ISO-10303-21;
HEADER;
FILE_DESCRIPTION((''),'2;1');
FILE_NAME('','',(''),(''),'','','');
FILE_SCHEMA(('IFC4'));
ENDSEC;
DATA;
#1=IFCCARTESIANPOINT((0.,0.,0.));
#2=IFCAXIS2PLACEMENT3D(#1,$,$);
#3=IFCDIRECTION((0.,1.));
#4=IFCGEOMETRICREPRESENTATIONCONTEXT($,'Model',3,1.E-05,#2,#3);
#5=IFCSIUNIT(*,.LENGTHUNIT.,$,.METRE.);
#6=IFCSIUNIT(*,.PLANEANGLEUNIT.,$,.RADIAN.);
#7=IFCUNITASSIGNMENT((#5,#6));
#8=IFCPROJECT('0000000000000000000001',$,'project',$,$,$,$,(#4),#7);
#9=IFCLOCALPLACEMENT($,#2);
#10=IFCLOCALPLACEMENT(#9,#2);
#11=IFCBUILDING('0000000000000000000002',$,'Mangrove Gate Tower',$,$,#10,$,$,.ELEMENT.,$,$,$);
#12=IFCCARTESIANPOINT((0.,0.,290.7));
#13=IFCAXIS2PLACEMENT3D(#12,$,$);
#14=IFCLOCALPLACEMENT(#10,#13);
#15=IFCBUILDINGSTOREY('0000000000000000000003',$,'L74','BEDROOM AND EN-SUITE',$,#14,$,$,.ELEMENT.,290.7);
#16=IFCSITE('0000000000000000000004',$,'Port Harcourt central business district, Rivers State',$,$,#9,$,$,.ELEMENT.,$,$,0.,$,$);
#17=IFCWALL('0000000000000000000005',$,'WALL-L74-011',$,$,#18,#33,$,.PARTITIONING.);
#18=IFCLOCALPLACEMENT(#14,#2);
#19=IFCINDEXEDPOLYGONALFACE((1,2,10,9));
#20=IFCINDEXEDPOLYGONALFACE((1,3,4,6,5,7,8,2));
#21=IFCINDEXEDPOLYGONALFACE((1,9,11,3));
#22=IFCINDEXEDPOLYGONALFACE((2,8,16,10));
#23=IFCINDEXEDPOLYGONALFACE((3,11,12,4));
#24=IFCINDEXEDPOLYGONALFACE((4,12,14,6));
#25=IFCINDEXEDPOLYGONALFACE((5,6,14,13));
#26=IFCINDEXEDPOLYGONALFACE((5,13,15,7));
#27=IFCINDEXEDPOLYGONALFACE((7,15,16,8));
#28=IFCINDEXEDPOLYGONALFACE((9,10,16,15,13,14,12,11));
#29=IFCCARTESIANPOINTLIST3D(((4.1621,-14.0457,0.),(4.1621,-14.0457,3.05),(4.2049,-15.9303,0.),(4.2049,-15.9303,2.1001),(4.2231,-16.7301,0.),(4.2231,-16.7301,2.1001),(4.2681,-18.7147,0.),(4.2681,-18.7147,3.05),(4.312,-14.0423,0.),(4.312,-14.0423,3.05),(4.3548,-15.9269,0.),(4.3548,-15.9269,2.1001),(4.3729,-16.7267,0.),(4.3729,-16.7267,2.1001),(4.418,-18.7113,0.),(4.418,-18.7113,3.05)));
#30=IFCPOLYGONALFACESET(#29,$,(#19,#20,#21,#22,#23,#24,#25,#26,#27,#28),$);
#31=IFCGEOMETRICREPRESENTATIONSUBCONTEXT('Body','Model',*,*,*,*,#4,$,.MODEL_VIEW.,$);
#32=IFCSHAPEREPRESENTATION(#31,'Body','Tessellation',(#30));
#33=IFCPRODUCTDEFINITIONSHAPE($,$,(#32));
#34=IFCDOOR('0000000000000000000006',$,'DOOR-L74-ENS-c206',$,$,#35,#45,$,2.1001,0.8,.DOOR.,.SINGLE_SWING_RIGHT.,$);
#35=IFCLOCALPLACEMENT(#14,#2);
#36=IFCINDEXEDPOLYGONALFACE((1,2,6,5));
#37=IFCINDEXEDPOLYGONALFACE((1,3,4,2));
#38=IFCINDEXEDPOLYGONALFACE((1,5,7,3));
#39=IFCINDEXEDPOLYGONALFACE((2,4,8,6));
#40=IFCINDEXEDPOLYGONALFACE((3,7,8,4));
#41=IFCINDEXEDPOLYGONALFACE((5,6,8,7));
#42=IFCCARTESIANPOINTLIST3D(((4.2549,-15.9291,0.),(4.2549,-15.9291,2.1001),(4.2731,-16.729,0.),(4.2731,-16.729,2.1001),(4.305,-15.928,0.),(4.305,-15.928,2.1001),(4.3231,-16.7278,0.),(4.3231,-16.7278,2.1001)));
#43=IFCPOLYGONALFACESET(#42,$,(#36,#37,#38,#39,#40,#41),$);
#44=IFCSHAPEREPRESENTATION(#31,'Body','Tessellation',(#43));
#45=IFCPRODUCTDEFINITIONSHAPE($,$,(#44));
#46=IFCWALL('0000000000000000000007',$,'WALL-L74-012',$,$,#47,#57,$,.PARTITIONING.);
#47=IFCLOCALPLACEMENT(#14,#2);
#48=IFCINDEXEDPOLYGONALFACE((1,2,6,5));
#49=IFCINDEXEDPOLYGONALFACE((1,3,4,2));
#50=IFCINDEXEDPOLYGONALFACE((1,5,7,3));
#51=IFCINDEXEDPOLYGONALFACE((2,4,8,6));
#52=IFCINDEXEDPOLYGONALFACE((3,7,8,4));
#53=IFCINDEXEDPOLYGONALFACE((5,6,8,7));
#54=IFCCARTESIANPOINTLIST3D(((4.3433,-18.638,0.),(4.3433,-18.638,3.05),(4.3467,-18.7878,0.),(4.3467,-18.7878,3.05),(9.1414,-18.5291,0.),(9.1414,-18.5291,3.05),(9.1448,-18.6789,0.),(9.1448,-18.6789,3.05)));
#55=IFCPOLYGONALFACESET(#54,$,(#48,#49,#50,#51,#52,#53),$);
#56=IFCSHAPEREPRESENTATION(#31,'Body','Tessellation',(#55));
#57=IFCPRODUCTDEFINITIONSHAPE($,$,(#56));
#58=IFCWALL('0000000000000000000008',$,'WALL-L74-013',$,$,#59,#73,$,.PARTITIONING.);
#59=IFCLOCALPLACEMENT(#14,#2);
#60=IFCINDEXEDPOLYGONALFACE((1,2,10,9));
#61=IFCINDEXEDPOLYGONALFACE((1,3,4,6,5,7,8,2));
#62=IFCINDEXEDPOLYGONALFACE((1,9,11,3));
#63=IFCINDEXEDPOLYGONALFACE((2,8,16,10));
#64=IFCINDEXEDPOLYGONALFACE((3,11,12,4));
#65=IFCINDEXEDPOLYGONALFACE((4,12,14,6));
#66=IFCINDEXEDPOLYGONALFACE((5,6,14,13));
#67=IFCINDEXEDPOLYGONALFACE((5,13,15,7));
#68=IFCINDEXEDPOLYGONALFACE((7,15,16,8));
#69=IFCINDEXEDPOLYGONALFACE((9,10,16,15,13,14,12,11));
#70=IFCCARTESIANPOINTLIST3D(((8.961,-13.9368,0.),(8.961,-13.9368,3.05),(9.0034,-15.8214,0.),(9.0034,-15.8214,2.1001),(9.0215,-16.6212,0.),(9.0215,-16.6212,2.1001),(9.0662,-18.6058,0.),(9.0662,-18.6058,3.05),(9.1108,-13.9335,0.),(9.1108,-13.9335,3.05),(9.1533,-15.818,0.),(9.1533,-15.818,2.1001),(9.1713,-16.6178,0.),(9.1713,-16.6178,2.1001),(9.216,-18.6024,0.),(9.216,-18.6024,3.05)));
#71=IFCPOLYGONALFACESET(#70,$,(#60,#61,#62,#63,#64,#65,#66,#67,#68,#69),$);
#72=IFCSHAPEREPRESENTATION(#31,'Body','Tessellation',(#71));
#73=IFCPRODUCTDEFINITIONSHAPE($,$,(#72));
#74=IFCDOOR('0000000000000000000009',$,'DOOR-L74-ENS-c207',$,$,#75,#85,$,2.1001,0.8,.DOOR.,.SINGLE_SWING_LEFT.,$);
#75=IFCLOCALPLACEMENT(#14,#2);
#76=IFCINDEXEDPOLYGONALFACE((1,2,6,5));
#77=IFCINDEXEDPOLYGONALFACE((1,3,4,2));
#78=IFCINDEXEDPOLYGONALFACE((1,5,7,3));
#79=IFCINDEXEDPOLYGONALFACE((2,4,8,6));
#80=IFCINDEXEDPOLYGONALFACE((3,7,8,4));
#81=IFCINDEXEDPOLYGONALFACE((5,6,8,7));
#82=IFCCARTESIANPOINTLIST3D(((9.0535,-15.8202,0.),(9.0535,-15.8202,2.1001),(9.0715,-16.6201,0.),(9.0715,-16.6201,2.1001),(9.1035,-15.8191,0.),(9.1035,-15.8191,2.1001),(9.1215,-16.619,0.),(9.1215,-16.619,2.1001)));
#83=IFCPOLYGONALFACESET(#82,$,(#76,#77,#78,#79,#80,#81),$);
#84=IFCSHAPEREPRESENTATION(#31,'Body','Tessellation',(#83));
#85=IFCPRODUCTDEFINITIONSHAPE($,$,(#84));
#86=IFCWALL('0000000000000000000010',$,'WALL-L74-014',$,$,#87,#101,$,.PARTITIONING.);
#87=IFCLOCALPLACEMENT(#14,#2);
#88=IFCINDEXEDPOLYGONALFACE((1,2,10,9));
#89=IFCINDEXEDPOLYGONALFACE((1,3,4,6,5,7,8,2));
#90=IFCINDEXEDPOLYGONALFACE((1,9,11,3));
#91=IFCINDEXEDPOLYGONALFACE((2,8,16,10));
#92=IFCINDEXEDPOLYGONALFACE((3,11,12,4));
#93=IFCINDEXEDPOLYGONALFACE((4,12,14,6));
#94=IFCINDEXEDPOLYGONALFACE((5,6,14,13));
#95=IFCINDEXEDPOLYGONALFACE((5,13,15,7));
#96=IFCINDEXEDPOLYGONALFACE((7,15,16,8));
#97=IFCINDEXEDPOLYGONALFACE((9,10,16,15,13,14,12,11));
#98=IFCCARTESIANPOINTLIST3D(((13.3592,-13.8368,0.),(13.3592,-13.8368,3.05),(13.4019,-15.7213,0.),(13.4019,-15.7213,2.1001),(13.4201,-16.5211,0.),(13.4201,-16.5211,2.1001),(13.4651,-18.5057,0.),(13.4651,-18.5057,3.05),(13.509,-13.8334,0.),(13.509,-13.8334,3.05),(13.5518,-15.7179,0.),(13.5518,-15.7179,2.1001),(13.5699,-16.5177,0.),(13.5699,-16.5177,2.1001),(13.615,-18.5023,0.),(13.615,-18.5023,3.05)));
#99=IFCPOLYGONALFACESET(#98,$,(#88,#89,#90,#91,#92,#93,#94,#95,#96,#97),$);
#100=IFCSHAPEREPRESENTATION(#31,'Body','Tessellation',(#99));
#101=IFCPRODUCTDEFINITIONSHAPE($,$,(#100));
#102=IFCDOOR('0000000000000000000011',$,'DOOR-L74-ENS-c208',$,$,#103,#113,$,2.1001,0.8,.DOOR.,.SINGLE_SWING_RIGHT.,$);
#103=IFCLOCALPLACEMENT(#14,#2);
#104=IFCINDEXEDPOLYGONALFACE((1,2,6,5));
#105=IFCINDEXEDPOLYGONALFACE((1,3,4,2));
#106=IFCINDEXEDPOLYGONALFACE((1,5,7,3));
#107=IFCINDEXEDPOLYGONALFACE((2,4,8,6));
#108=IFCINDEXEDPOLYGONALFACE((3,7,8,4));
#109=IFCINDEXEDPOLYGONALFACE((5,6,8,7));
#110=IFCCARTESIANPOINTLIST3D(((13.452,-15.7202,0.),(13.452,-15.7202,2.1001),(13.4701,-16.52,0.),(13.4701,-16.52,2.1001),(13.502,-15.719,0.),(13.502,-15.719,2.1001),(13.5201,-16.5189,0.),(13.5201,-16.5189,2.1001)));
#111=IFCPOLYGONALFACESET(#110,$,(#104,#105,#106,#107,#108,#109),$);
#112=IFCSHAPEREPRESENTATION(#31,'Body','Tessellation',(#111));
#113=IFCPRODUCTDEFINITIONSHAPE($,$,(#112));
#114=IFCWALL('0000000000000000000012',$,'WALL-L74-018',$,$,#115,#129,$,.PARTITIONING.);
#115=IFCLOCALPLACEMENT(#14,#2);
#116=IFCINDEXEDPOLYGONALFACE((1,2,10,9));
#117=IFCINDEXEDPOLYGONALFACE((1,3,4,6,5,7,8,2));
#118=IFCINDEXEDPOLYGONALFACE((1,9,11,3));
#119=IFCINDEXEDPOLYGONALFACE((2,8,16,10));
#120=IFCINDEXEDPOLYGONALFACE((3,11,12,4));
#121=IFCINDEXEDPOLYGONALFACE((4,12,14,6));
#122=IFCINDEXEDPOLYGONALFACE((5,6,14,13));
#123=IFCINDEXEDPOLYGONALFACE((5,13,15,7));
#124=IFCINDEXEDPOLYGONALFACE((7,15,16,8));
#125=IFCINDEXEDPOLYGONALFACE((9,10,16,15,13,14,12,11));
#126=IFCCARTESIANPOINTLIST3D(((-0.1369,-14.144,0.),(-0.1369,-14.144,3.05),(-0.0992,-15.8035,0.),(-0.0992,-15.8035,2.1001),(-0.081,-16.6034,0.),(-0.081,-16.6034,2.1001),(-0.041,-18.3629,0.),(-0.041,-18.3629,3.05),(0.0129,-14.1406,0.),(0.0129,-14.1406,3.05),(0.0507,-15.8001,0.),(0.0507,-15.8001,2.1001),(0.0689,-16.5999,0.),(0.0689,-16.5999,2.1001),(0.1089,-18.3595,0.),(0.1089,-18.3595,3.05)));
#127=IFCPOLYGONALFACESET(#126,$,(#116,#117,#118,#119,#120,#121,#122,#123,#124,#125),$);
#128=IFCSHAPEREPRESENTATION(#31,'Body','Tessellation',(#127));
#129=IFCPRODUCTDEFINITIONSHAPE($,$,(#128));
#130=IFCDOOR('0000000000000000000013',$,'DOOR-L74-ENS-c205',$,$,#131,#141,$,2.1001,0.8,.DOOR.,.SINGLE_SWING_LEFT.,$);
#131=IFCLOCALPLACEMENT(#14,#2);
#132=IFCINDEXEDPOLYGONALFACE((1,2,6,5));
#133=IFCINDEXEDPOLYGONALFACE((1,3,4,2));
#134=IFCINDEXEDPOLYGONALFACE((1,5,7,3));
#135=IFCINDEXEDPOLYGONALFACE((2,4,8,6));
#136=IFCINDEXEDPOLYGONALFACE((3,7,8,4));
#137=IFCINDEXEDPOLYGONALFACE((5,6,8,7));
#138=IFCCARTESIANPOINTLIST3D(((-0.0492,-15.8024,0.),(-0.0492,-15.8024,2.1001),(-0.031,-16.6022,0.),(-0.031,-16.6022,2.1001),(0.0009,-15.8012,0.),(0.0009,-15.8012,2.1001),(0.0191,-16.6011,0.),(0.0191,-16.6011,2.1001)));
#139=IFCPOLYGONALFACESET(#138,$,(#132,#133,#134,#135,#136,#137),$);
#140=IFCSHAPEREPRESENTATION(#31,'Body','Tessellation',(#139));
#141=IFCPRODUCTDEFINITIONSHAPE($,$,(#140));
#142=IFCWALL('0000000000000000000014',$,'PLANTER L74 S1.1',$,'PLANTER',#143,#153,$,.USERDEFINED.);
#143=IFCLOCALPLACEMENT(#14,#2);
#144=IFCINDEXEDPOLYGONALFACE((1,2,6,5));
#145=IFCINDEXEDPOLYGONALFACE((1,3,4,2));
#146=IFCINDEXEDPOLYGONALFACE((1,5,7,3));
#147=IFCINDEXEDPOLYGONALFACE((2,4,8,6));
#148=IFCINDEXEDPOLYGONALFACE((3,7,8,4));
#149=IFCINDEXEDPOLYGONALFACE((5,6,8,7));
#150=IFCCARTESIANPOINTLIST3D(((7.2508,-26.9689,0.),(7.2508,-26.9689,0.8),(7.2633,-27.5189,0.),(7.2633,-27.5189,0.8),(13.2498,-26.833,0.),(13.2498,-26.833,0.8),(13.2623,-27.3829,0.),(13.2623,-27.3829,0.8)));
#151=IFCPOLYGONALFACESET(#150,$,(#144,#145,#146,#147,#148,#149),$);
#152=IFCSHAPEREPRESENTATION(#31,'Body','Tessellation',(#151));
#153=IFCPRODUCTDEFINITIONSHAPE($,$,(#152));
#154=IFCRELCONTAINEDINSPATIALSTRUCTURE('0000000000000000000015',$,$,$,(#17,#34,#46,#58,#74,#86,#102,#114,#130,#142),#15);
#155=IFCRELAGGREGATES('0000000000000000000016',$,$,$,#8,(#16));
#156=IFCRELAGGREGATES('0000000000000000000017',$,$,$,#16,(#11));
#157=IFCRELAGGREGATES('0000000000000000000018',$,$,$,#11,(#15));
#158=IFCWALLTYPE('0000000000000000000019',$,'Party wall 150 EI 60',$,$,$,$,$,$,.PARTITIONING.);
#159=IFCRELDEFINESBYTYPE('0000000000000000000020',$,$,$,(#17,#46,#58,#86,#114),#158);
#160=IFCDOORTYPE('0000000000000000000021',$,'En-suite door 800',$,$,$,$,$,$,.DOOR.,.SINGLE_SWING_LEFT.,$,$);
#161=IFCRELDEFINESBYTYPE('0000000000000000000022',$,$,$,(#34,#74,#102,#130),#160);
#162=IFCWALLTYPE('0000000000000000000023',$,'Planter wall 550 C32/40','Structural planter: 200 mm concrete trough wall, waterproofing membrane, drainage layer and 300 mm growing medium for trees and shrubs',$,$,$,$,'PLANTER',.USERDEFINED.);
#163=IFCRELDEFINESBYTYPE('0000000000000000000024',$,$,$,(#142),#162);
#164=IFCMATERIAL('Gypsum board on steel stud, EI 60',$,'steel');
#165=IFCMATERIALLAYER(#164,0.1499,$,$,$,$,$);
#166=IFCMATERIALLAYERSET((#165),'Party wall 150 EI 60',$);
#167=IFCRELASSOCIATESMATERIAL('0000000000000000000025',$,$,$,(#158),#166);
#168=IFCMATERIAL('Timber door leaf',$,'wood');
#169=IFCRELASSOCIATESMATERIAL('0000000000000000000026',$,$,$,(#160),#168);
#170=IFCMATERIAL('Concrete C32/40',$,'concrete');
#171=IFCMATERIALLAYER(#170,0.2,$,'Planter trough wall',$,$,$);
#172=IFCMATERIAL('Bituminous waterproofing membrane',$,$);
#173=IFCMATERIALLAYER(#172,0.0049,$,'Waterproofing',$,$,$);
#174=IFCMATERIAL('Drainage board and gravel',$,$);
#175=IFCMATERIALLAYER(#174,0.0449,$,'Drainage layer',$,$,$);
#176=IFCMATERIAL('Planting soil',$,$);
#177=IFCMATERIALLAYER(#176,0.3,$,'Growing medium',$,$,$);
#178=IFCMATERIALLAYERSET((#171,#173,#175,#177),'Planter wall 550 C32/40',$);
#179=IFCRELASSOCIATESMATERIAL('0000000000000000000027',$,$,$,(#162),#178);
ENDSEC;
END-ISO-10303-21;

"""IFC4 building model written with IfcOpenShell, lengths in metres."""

from ifc_helpers import new_model, si_unit, direction, frame, frame_2d, origin, place, context, subcontext, project, spatial, rectangle, extrude, material, layer, layer_set, type_object, element, fill, save


model = new_model("IFC4")

# Units and contexts
model_context = context("Model", 3, precision=1e-05, world=origin(), true_north=direction((0.0, 1.0)))
body_context = subcontext(model_context, "Body", "Model", "MODEL_VIEW")
ifc_project = project(units=[si_unit("LENGTHUNIT", "METRE"), si_unit("PLANEANGLEUNIT", "RADIAN")], contexts=[model_context])

# Site, building, storey
site_placement = place(None, origin())
site = spatial("IfcSite", under=ifc_project, at=site_placement, Name="Port Harcourt central business district, Rivers State", CompositionType="ELEMENT", RefElevation=0.0)
building_placement = place(site_placement, origin())
building = spatial("IfcBuilding", under=site, at=building_placement, Name="Mangrove Gate Tower", CompositionType="ELEMENT")
storey_placement = place(building_placement, frame((0.0, 0.0, 290.7)))
storey = spatial("IfcBuildingStorey", under=building, at=storey_placement, Name="L74", Description="BEDROOM AND EN-SUITE", CompositionType="ELEMENT", Elevation=290.7)

# Shared definitions
ifc_material_1 = material(Name="Gypsum board on steel stud, EI 60", Category="steel")
ifc_layer_1 = layer(ifc_material_1, 0.1499)
ifc_layer_set_1 = layer_set([ifc_layer_1], Name="Party wall 150 EI 60")
wall_type_1 = type_object("IfcWallType", Name="Party wall 150 EI 60", PredefinedType="PARTITIONING", material=ifc_layer_set_1)

# Wall, opening, door
wall_1_placement = place(storey_placement, frame((4.343, -18.7129, 0.0), z_axis=(0.0, 0.0, 1.0), x_axis=(-0.022688, 0.999743, 0.0)))
wall_1 = element("IfcWall", 1, at=wall_1_placement, inside=storey, type_object=wall_type_1, Name="WALL-L74-011", PredefinedType="PARTITIONING", context=body_context, shape_type="SweptSolid", body=[
    extrude(rectangle(XDim=4.6702, YDim=0.1499, at=frame_2d((2.335, 0.0))), origin(), (0.0, 0.0, 1.0), 3.05),
])
opening_1_placement = place(wall_1_placement, frame((1.9851, 0.0, 0.0)))
opening_1 = element("IfcOpeningElement", 2, at=opening_1_placement, cuts=wall_1, PredefinedType="OPENING", context=body_context, shape_type="SweptSolid", body=[
    extrude(rectangle(XDim=0.8, YDim=2.1001, at=frame_2d((0.3999, 1.05))), frame((0.0, 0.085, 0.0), z_axis=(0.0, -1.0, 0.0), x_axis=(1.0, 0.0, 0.0)), (0.0, 0.0, 1.0), 0.1699),
])
ifc_material_2 = material(Name="Timber door leaf", Category="wood")
door_type_1 = type_object("IfcDoorType", Name="En-suite door 800", OperationType="SINGLE_SWING_LEFT", PredefinedType="DOOR", material=ifc_material_2)
door_1_placement = place(opening_1_placement, origin())
door_1 = element("IfcDoor", 3, at=door_1_placement, inside=storey, type_object=door_type_1, Name="DOOR-L74-ENS-c206", OperationType="SINGLE_SWING_RIGHT", OverallHeight=2.1001, OverallWidth=0.8, PredefinedType="DOOR", context=body_context, shape_type="SweptSolid", body=[
    extrude(rectangle(XDim=0.8, YDim=2.1001, at=frame_2d((0.3999, 1.05))), frame((0.0, 0.0249, 0.0), z_axis=(0.0, -1.0, 0.0), x_axis=(1.0, 0.0, 0.0)), (0.0, 0.0, 1.0), 0.05),
])
fill(opening_1, door_1)

# Wall
wall_2_placement = place(storey_placement, frame((4.345, -18.7129, 0.0), z_axis=(0.0, 0.0, 1.0), x_axis=(0.999743, 0.022688, 0.0)))
element("IfcWall", 4, at=wall_2_placement, inside=storey, type_object=wall_type_1, Name="WALL-L74-012", PredefinedType="PARTITIONING", context=body_context, shape_type="SweptSolid", body=[
    extrude(rectangle(XDim=4.7993, YDim=0.1499, at=frame_2d((2.3997, 0.0))), origin(), (0.0, 0.0, 1.0), 3.05),
])

# Walls, openings, doors
wall_3_placement = place(storey_placement, frame((9.1411, -18.604, 0.0), z_axis=(0.0, 0.0, 1.0), x_axis=(-0.022531, 0.999746, 0.0)))
wall_3 = element("IfcWall", 5, at=wall_3_placement, inside=storey, type_object=wall_type_1, Name="WALL-L74-013", PredefinedType="PARTITIONING", context=body_context, shape_type="SweptSolid", body=[
    extrude(rectangle(XDim=4.6702, YDim=0.1499, at=frame_2d((2.335, 0.0))), origin(), (0.0, 0.0, 1.0), 3.05),
])
opening_2_placement = place(wall_3_placement, frame((1.9851, 0.0, 0.0)))
opening_2 = element("IfcOpeningElement", 6, at=opening_2_placement, cuts=wall_3, PredefinedType="OPENING", context=body_context, shape_type="SweptSolid", body=[
    extrude(rectangle(XDim=0.8, YDim=2.1001, at=frame_2d((0.3999, 1.05))), frame((0.0, 0.085, 0.0), z_axis=(0.0, -1.0, 0.0), x_axis=(1.0, 0.0, 0.0)), (0.0, 0.0, 1.0), 0.1699),
])
door_2_placement = place(opening_2_placement, origin())
door_2 = element("IfcDoor", 7, at=door_2_placement, inside=storey, type_object=door_type_1, Name="DOOR-L74-ENS-c207", OperationType="SINGLE_SWING_LEFT", OverallHeight=2.1001, OverallWidth=0.8, PredefinedType="DOOR", context=body_context, shape_type="SweptSolid", body=[
    extrude(rectangle(XDim=0.8, YDim=2.1001, at=frame_2d((0.3999, 1.05))), frame((0.0, 0.0249, 0.0), z_axis=(0.0, -1.0, 0.0), x_axis=(1.0, 0.0, 0.0)), (0.0, 0.0, 1.0), 0.05),
])
fill(opening_2, door_2)
wall_4_placement = place(storey_placement, frame((13.54, -18.5039, 0.0), z_axis=(0.0, 0.0, 1.0), x_axis=(-0.022688, 0.999743, 0.0)))
wall_4 = element("IfcWall", 8, at=wall_4_placement, inside=storey, type_object=wall_type_1, Name="WALL-L74-014", PredefinedType="PARTITIONING", context=body_context, shape_type="SweptSolid", body=[
    extrude(rectangle(XDim=4.6702, YDim=0.1499, at=frame_2d((2.335, 0.0))), origin(), (0.0, 0.0, 1.0), 3.05),
])
opening_3_placement = place(wall_4_placement, frame((1.9851, 0.0, 0.0)))
opening_3 = element("IfcOpeningElement", 9, at=opening_3_placement, cuts=wall_4, PredefinedType="OPENING", context=body_context, shape_type="SweptSolid", body=[
    extrude(rectangle(XDim=0.8, YDim=2.1001, at=frame_2d((0.3999, 1.05))), frame((0.0, 0.085, 0.0), z_axis=(0.0, -1.0, 0.0), x_axis=(1.0, 0.0, 0.0)), (0.0, 0.0, 1.0), 0.1699),
])
door_3_placement = place(opening_3_placement, origin())
door_3 = element("IfcDoor", 10, at=door_3_placement, inside=storey, type_object=door_type_1, Name="DOOR-L74-ENS-c208", OperationType="SINGLE_SWING_RIGHT", OverallHeight=2.1001, OverallWidth=0.8, PredefinedType="DOOR", context=body_context, shape_type="SweptSolid", body=[
    extrude(rectangle(XDim=0.8, YDim=2.1001, at=frame_2d((0.3999, 1.05))), frame((0.0, 0.0249, 0.0), z_axis=(0.0, -1.0, 0.0), x_axis=(1.0, 0.0, 0.0)), (0.0, 0.0, 1.0), 0.05),
])
fill(opening_3, door_3)
wall_5_placement = place(storey_placement, frame((0.0339, -18.3611, 0.0), z_axis=(0.0, 0.0, 1.0), x_axis=(-0.022736, 0.999742, 0.0)))
wall_5 = element("IfcWall", 11, at=wall_5_placement, inside=storey, type_object=wall_type_1, Name="WALL-L74-018", PredefinedType="PARTITIONING", context=body_context, shape_type="SweptSolid", body=[
    extrude(rectangle(XDim=4.22, YDim=0.1499, at=frame_2d((2.1099, 0.0))), origin(), (0.0, 0.0, 1.0), 3.05),
])
opening_4_placement = place(wall_5_placement, frame((1.76, 0.0, 0.0)))
opening_4 = element("IfcOpeningElement", 12, at=opening_4_placement, cuts=wall_5, PredefinedType="OPENING", context=body_context, shape_type="SweptSolid", body=[
    extrude(rectangle(XDim=0.8, YDim=2.1001, at=frame_2d((0.3999, 1.05))), frame((0.0, 0.085, 0.0), z_axis=(0.0, -1.0, 0.0), x_axis=(1.0, 0.0, 0.0)), (0.0, 0.0, 1.0), 0.1699),
])
door_4_placement = place(opening_4_placement, origin())
door_4 = element("IfcDoor", 13, at=door_4_placement, inside=storey, type_object=door_type_1, Name="DOOR-L74-ENS-c205", OperationType="SINGLE_SWING_LEFT", OverallHeight=2.1001, OverallWidth=0.8, PredefinedType="DOOR", context=body_context, shape_type="SweptSolid", body=[
    extrude(rectangle(XDim=0.8, YDim=2.1001, at=frame_2d((0.3999, 1.05))), frame((0.0, 0.0249, 0.0), z_axis=(0.0, -1.0, 0.0), x_axis=(1.0, 0.0, 0.0)), (0.0, 0.0, 1.0), 0.05),
])
fill(opening_4, door_4)

# Wall
ifc_material_3 = material(Name="Concrete C32/40", Category="concrete")
ifc_layer_2 = layer(ifc_material_3, 0.2, Name="Planter trough wall")
ifc_material_4 = material(Name="Bituminous waterproofing membrane")
ifc_layer_3 = layer(ifc_material_4, 0.0049, Name="Waterproofing")
ifc_material_5 = material(Name="Drainage board and gravel")
ifc_layer_4 = layer(ifc_material_5, 0.0449, Name="Drainage layer")
ifc_material_6 = material(Name="Planting soil")
ifc_layer_5 = layer(ifc_material_6, 0.3, Name="Growing medium")
ifc_layer_set_2 = layer_set([ifc_layer_2, ifc_layer_3, ifc_layer_4, ifc_layer_5], Name="Planter wall 550 C32/40")
wall_type_2 = type_object("IfcWallType", Name="Planter wall 550 C32/40", Description="Structural planter: 200 mm concrete trough wall, waterproofing membrane, drainage layer and 300 mm growing medium for trees and shrubs", ElementType="PLANTER", PredefinedType="USERDEFINED", material=ifc_layer_set_2)
wall_6_placement = place(storey_placement, frame((7.2571, -27.2439, 0.0), z_axis=(0.0, 0.0, 1.0), x_axis=(0.999743, 0.022662, 0.0)))
element("IfcWall", 14, at=wall_6_placement, inside=storey, type_object=wall_type_2, Name="PLANTER L74 S1.1", ObjectType="PLANTER", PredefinedType="USERDEFINED", context=body_context, shape_type="SweptSolid", body=[
    extrude(rectangle(XDim=6.0005, YDim=0.55, at=frame_2d((3.0002, 0.0))), origin(), (0.0, 0.0, 1.0), 0.8),
])

save(model, "model.ifc")
